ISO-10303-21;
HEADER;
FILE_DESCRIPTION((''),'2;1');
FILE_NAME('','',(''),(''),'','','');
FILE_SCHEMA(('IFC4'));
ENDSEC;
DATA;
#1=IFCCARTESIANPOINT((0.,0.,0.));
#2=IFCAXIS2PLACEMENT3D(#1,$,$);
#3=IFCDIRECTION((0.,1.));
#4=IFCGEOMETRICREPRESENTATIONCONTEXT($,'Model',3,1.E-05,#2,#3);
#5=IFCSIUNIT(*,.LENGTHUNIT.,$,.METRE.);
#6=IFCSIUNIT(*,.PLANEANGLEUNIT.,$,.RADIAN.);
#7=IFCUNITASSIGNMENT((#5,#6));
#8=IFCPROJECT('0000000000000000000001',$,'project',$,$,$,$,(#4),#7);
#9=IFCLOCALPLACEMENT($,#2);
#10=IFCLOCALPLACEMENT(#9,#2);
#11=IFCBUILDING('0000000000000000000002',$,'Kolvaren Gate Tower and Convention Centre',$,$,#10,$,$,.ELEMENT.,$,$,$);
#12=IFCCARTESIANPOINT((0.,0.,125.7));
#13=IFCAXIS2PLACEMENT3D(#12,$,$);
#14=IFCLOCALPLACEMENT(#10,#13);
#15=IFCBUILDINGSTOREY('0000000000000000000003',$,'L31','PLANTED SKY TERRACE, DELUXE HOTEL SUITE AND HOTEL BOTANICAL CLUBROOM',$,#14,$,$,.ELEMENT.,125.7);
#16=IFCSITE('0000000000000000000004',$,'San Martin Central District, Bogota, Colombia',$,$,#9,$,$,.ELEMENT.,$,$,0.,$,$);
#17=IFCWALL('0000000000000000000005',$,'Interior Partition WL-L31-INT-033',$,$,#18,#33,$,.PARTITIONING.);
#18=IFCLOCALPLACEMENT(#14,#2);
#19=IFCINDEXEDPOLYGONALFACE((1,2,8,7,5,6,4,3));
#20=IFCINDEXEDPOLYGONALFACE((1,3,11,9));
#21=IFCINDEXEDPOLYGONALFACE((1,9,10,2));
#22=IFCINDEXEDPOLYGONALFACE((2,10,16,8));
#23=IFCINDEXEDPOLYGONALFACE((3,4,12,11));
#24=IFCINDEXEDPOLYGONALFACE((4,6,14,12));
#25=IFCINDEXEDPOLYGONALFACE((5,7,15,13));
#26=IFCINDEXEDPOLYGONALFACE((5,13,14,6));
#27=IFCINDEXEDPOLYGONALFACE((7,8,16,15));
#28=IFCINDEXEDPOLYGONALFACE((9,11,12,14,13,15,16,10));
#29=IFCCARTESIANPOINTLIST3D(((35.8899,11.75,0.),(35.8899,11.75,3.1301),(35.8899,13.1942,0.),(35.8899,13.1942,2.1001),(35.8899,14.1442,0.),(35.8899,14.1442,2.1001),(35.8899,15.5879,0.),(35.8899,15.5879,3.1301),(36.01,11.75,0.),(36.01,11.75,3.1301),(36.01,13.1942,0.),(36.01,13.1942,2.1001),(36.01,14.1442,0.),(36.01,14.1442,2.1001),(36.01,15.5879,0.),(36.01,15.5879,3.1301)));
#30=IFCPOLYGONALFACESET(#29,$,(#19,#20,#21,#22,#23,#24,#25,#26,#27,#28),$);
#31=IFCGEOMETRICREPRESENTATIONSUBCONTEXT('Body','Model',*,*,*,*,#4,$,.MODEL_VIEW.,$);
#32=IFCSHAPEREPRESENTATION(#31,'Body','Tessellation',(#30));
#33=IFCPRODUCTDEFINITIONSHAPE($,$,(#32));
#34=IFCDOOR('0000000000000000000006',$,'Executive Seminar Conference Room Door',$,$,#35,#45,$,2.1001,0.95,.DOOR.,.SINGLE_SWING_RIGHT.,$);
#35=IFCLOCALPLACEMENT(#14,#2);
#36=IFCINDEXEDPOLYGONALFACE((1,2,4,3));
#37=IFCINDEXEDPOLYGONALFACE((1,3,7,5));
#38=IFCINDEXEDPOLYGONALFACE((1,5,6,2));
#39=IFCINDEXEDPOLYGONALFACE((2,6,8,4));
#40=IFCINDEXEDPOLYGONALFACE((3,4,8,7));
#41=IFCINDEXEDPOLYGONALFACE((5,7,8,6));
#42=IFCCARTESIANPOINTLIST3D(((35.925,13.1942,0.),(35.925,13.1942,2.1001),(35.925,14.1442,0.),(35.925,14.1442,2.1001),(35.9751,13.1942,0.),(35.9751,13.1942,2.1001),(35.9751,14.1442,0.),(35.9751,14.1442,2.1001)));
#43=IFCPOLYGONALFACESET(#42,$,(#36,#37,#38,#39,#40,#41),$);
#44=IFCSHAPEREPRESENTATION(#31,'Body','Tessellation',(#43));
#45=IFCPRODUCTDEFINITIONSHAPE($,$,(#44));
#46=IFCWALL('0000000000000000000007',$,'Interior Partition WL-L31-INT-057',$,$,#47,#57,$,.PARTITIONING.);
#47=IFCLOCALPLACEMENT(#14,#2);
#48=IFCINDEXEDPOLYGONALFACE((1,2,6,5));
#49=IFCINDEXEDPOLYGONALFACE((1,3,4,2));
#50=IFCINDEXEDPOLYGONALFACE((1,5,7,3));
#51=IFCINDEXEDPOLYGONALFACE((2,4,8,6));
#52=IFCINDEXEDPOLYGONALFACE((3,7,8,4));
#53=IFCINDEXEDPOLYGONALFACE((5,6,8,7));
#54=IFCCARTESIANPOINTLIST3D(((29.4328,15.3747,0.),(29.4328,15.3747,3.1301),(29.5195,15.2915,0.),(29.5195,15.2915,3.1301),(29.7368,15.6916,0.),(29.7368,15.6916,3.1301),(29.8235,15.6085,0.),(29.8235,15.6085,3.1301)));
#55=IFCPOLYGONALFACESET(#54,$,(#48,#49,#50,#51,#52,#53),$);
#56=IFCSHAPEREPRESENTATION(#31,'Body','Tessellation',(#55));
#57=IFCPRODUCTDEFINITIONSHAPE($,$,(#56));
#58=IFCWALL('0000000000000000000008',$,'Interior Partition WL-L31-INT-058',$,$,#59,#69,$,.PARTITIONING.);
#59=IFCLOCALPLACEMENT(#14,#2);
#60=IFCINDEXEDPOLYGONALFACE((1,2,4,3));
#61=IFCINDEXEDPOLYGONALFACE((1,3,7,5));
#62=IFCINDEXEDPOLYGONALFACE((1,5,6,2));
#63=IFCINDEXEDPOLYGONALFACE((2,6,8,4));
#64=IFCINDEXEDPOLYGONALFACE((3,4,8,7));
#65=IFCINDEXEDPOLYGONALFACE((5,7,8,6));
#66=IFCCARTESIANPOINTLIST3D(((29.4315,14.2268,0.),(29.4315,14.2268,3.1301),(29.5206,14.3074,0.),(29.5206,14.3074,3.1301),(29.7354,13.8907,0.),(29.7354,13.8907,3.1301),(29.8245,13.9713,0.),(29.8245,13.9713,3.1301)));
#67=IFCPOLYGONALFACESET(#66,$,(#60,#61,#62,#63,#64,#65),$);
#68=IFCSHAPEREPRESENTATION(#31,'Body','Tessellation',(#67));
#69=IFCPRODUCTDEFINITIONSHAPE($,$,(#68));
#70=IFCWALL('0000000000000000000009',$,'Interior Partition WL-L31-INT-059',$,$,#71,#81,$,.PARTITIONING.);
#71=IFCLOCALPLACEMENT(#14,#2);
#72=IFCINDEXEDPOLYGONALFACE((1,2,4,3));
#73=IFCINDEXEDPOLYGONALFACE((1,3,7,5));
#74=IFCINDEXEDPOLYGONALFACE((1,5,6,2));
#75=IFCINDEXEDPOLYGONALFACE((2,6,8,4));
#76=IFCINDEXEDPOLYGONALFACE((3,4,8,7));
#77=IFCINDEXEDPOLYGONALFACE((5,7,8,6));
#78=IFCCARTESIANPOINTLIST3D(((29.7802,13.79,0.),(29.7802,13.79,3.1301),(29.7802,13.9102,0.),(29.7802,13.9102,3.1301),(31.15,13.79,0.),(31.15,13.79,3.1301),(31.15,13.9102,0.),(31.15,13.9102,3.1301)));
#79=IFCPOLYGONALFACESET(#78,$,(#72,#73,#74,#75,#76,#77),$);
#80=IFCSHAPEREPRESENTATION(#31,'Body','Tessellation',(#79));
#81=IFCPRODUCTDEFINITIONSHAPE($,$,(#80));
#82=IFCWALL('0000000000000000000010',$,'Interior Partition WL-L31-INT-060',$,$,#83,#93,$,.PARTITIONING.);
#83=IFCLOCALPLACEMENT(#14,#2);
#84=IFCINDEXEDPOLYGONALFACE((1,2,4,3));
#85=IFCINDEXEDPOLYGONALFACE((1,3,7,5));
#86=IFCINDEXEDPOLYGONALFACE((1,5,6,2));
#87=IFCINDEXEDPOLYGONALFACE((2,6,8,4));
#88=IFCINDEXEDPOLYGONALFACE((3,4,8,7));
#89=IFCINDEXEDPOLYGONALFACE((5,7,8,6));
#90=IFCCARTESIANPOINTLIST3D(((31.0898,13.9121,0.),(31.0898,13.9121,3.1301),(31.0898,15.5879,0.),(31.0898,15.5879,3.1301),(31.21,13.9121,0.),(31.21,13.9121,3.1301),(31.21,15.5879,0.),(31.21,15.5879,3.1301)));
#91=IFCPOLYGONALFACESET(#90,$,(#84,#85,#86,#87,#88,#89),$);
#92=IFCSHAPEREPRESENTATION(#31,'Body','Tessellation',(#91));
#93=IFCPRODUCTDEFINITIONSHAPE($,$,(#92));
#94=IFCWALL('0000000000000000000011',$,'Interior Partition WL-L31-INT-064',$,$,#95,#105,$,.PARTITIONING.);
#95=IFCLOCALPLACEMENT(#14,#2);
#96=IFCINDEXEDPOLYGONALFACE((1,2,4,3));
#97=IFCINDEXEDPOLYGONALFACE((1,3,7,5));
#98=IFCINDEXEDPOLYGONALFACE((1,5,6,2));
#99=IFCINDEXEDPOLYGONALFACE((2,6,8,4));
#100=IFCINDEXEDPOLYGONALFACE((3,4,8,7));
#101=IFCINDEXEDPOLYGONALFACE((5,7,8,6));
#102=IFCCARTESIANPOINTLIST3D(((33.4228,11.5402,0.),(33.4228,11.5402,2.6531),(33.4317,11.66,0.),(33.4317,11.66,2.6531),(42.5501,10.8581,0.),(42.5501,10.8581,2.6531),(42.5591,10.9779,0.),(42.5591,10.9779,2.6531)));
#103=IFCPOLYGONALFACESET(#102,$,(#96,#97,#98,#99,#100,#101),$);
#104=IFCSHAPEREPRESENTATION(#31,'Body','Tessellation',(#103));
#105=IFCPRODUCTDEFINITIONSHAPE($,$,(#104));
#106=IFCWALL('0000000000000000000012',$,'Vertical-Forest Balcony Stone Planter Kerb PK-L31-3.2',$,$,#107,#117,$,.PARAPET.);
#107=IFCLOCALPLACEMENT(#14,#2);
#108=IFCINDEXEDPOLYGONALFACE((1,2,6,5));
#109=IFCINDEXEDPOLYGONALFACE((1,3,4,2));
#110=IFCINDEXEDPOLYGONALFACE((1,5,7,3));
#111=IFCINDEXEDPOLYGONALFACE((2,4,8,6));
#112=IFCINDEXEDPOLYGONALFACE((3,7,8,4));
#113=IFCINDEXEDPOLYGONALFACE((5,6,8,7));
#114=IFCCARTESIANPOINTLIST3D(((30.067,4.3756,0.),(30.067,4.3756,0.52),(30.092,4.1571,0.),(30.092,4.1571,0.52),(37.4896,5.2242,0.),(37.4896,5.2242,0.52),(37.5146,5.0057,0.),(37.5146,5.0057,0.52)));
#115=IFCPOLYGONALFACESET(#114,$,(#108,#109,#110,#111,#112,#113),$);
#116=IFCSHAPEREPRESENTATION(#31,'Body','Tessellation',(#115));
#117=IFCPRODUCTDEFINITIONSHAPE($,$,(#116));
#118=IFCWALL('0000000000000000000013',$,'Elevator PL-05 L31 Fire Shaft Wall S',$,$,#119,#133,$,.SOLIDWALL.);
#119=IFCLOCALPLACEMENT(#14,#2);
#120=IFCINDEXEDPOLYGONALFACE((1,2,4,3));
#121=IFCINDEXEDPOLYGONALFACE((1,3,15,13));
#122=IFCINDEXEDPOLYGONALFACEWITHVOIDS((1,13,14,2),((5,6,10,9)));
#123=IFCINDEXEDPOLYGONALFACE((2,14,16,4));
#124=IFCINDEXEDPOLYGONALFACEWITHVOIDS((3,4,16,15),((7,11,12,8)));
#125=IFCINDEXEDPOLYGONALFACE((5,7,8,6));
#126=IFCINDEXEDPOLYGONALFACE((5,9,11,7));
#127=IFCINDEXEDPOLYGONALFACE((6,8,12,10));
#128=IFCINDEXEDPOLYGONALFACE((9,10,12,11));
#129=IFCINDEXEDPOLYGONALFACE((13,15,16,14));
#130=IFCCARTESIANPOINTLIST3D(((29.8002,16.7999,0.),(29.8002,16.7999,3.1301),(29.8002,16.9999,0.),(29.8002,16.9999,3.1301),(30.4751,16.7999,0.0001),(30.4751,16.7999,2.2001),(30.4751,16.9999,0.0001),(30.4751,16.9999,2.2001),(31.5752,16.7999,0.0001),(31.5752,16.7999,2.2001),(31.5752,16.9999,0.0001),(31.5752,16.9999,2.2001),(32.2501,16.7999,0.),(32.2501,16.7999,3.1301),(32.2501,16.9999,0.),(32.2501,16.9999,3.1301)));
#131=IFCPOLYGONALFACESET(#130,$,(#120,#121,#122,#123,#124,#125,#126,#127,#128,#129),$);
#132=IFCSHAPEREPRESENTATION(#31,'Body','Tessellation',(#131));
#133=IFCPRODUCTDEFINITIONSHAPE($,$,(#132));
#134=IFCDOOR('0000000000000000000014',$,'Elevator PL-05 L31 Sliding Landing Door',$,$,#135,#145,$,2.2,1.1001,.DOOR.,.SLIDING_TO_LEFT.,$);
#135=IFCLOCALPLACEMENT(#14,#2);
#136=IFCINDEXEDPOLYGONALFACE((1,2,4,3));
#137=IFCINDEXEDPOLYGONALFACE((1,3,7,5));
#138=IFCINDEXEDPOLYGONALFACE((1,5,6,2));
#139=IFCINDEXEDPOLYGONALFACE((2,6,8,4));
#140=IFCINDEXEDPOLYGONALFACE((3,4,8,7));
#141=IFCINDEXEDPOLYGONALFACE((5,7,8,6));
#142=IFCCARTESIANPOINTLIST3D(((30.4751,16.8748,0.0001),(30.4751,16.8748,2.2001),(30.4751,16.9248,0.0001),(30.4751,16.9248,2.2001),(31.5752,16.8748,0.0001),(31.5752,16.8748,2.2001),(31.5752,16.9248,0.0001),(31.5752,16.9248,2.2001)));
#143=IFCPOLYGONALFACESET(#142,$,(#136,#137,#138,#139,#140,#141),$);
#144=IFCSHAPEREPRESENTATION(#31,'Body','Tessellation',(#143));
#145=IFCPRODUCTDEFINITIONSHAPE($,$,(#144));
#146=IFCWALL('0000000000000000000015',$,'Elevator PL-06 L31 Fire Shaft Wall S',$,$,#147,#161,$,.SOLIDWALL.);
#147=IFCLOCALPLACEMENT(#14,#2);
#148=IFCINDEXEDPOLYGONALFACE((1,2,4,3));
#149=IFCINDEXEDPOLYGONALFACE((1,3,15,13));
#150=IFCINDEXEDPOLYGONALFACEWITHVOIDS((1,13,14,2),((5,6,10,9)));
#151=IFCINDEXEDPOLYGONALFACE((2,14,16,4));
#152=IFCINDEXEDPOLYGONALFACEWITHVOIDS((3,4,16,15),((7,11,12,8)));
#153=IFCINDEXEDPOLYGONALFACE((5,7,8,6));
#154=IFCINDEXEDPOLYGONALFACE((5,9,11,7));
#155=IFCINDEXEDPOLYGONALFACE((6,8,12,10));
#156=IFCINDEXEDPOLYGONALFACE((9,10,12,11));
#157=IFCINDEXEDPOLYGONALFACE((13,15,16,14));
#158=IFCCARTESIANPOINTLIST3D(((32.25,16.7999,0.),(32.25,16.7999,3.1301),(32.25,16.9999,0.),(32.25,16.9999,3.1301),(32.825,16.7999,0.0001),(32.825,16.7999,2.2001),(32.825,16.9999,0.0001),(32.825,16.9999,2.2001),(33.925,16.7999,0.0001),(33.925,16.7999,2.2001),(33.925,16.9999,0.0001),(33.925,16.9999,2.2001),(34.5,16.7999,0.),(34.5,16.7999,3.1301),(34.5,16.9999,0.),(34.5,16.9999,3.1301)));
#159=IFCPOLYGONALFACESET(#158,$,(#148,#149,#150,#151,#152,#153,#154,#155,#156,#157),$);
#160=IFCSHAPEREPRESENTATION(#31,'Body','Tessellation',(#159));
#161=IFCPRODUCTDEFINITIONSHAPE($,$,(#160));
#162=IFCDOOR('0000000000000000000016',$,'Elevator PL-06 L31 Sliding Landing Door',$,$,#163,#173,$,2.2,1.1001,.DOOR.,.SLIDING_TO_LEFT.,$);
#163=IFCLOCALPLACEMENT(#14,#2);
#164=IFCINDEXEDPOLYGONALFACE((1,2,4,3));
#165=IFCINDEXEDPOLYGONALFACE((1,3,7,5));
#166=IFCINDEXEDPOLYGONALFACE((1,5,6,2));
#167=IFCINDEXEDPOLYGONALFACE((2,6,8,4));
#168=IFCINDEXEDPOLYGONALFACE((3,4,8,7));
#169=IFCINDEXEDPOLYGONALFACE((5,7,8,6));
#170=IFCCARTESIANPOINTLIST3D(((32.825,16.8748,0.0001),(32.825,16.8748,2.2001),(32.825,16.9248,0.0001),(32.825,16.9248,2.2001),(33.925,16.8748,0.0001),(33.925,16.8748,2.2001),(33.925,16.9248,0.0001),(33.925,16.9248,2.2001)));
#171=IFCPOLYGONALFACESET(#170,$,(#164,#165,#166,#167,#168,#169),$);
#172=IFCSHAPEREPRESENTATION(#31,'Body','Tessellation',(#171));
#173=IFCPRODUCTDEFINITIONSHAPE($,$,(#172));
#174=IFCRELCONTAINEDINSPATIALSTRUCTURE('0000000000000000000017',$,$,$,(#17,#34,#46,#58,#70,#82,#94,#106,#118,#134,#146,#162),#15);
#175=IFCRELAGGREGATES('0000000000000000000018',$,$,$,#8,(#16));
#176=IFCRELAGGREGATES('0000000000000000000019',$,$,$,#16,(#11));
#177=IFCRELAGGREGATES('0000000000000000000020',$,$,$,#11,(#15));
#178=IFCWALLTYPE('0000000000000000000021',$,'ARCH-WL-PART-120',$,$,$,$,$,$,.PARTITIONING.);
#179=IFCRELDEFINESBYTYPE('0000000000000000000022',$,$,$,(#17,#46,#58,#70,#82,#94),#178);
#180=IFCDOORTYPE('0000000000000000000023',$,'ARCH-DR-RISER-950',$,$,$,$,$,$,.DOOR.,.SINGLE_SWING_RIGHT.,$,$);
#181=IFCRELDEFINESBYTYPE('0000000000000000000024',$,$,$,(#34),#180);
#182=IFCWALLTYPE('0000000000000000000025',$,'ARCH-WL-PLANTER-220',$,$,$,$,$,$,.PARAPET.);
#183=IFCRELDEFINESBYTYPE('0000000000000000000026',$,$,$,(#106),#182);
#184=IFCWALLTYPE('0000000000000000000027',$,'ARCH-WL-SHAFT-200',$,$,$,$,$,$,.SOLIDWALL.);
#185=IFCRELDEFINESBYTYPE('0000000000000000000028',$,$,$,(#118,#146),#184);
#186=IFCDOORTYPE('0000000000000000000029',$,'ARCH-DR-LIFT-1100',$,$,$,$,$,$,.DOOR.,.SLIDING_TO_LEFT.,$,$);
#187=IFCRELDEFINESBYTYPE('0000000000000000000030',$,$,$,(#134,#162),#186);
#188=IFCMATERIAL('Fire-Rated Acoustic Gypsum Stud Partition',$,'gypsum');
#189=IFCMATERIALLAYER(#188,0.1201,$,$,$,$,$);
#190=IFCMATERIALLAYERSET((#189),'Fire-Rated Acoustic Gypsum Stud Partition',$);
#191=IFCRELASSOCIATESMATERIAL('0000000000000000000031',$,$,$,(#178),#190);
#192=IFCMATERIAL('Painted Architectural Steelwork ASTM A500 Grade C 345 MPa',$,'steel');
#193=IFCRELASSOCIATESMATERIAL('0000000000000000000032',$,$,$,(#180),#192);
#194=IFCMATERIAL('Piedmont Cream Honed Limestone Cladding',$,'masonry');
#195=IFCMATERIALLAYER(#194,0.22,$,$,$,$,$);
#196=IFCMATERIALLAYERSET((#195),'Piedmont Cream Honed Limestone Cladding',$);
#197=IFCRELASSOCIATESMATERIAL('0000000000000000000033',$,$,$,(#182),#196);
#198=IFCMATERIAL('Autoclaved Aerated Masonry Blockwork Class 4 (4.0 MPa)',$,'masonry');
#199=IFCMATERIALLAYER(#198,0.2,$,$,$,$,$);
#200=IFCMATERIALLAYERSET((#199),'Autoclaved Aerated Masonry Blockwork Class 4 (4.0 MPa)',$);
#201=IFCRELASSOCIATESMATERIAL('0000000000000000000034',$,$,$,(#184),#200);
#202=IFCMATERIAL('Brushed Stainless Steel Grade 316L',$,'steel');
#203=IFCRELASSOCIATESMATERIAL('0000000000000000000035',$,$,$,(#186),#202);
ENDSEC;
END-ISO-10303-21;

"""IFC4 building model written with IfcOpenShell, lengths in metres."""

from ifc_helpers import new_model, si_unit, direction, frame, frame_2d, origin, place, context, subcontext, project, spatial, rectangle, extrude, material, layer, layer_set, type_object, element, fill, save


model = new_model("IFC4")

# Units and contexts
model_context = context("Model", 3, precision=1e-05, world=origin(), true_north=direction((0.0, 1.0)))
body_context = subcontext(model_context, "Body", "Model", "MODEL_VIEW")
ifc_project = project(units=[si_unit("LENGTHUNIT", "METRE"), si_unit("PLANEANGLEUNIT", "RADIAN")], contexts=[model_context])

# Site, building, storey
site_placement = place(None, origin())
site = spatial("IfcSite", under=ifc_project, at=site_placement, Name="San Martin Central District, Bogota, Colombia", CompositionType="ELEMENT", RefElevation=0.0)
building_placement = place(site_placement, origin())
building = spatial("IfcBuilding", under=site, at=building_placement, Name="Kolvaren Gate Tower and Convention Centre", CompositionType="ELEMENT")
storey_placement = place(building_placement, frame((0.0, 0.0, 125.7)))
storey = spatial("IfcBuildingStorey", under=building, at=storey_placement, Name="L31", Description="PLANTED SKY TERRACE, DELUXE HOTEL SUITE AND HOTEL BOTANICAL CLUBROOM", CompositionType="ELEMENT", Elevation=125.7)

# Shared definitions
ifc_material_1 = material(Name="Fire-Rated Acoustic Gypsum Stud Partition", Category="gypsum")
ifc_layer_1 = layer(ifc_material_1, 0.1201)
ifc_layer_set_1 = layer_set([ifc_layer_1], Name="Fire-Rated Acoustic Gypsum Stud Partition")
wall_type_1 = type_object("IfcWallType", Name="ARCH-WL-PART-120", PredefinedType="PARTITIONING", material=ifc_layer_set_1)

# Wall, opening, door
wall_1_placement = place(storey_placement, frame((35.95, 11.75, 0.0), z_axis=(0.0, 0.0, 1.0), x_axis=(0.0, 1.0, 0.0)))
wall_1 = element("IfcWall", 1, at=wall_1_placement, inside=storey, type_object=wall_type_1, Name="Interior Partition WL-L31-INT-033", PredefinedType="PARTITIONING", context=body_context, shape_type="SweptSolid", body=[
    extrude(rectangle(XDim=3.8379, YDim=0.1201, at=frame_2d((1.9189, 0.0))), origin(), (0.0, 0.0, 1.0), 3.1301),
])
opening_1_placement = place(wall_1_placement, frame((1.4441, 0.0, 0.0)))
opening_1 = element("IfcOpeningElement", 2, at=opening_1_placement, cuts=wall_1, PredefinedType="OPENING", context=body_context, shape_type="SweptSolid", body=[
    extrude(rectangle(XDim=0.95, YDim=2.1001, at=frame_2d((0.4751, 1.05))), frame((0.0, 0.0701, 0.0), z_axis=(0.0, -1.0, 0.0), x_axis=(1.0, 0.0, 0.0)), (0.0, 0.0, 1.0), 0.1401),
])
ifc_material_2 = material(Name="Painted Architectural Steelwork ASTM A500 Grade C 345 MPa", Category="steel")
door_type_1 = type_object("IfcDoorType", Name="ARCH-DR-RISER-950", OperationType="SINGLE_SWING_RIGHT", PredefinedType="DOOR", material=ifc_material_2)
door_1_placement = place(opening_1_placement, origin())
door_1 = element("IfcDoor", 3, at=door_1_placement, inside=storey, type_object=door_type_1, Name="Executive Seminar Conference Room Door", OperationType="SINGLE_SWING_RIGHT", OverallHeight=2.1001, OverallWidth=0.95, PredefinedType="DOOR", context=body_context, shape_type="SweptSolid", body=[
    extrude(rectangle(XDim=0.95, YDim=2.1001, at=frame_2d((0.4751, 1.05))), frame((0.0, 0.0249, 0.0), z_axis=(0.0, -1.0, 0.0), x_axis=(1.0, 0.0, 0.0)), (0.0, 0.0, 1.0), 0.05),
])
fill(opening_1, door_1)

# Walls
wall_2_placement = place(storey_placement, frame((29.4761, 15.333, 0.0), z_axis=(0.0, 0.0, 1.0), x_axis=(0.692219, 0.721687, 0.0)))
element("IfcWall", 4, at=wall_2_placement, inside=storey, type_object=wall_type_1, Name="Interior Partition WL-L31-INT-057", PredefinedType="PARTITIONING", context=body_context, shape_type="SweptSolid", body=[
    extrude(rectangle(XDim=0.4392, YDim=0.1201, at=frame_2d((0.2197, 0.0))), origin(), (0.0, 0.0, 1.0), 3.1301),
])
wall_3_placement = place(storey_placement, frame((29.4761, 14.2671, 0.0), z_axis=(0.0, 0.0, 1.0), x_axis=(0.670659, -0.741765, 0.0)))
element("IfcWall", 5, at=wall_3_placement, inside=storey, type_object=wall_type_1, Name="Interior Partition WL-L31-INT-058", PredefinedType="PARTITIONING", context=body_context, shape_type="SweptSolid", body=[
    extrude(rectangle(XDim=0.4531, YDim=0.1201, at=frame_2d((0.2266, 0.0))), origin(), (0.0, 0.0, 1.0), 3.1301),
])
wall_4_placement = place(storey_placement, frame((29.78, 13.8501, 0.0), z_axis=(0.0, 0.0, 1.0), x_axis=(1.0, 0.0, 0.0)))
element("IfcWall", 6, at=wall_4_placement, inside=storey, type_object=wall_type_1, Name="Interior Partition WL-L31-INT-059", PredefinedType="PARTITIONING", context=body_context, shape_type="SweptSolid", body=[
    extrude(rectangle(XDim=1.3699, YDim=0.1201, at=frame_2d((0.6851, 0.0))), origin(), (0.0, 0.0, 1.0), 3.1301),
])
wall_5_placement = place(storey_placement, frame((31.1499, 13.9121, 0.0), z_axis=(0.0, 0.0, 1.0), x_axis=(0.0, 1.0, 0.0)))
element("IfcWall", 7, at=wall_5_placement, inside=storey, type_object=wall_type_1, Name="Interior Partition WL-L31-INT-060", PredefinedType="PARTITIONING", context=body_context, shape_type="SweptSolid", body=[
    extrude(rectangle(XDim=1.6758, YDim=0.1201, at=frame_2d((0.8379, 0.0))), origin(), (0.0, 0.0, 1.0), 3.1301),
])
wall_6_placement = place(storey_placement, frame((33.4272, 11.6001, 0.0), z_axis=(0.0, 0.0, 1.0), x_axis=(0.997219, -0.074526, 0.0)))
element("IfcWall", 8, at=wall_6_placement, inside=storey, type_object=wall_type_1, Name="Interior Partition WL-L31-INT-064", PredefinedType="PARTITIONING", context=body_context, shape_type="SweptSolid", body=[
    extrude(rectangle(XDim=9.1528, YDim=0.1201, at=frame_2d((4.5764, 0.0))), origin(), (0.0, 0.0, 1.0), 2.6531),
])
ifc_material_3 = material(Name="Piedmont Cream Honed Limestone Cladding", Category="masonry")
ifc_layer_2 = layer(ifc_material_3, 0.22)
ifc_layer_set_2 = layer_set([ifc_layer_2], Name="Piedmont Cream Honed Limestone Cladding")
wall_type_2 = type_object("IfcWallType", Name="ARCH-WL-PLANTER-220", PredefinedType="PARAPET", material=ifc_layer_set_2)
wall_7_placement = place(storey_placement, frame((30.0796, 4.2664, 0.0), z_axis=(0.0, 0.0, 1.0), x_axis=(0.993528, 0.113591, 0.0)))
element("IfcWall", 9, at=wall_7_placement, inside=storey, type_object=wall_type_2, Name="Vertical-Forest Balcony Stone Planter Kerb PK-L31-3.2", PredefinedType="PARAPET", context=body_context, shape_type="SweptSolid", body=[
    extrude(rectangle(XDim=7.4709, YDim=0.22, at=frame_2d((3.7354, 0.0))), origin(), (0.0, 0.0, 1.0), 0.52),
])

# Walls, openings, doors
ifc_material_4 = material(Name="Autoclaved Aerated Masonry Blockwork Class 4 (4.0 MPa)", Category="masonry")
ifc_layer_3 = layer(ifc_material_4, 0.2)
ifc_layer_set_3 = layer_set([ifc_layer_3], Name="Autoclaved Aerated Masonry Blockwork Class 4 (4.0 MPa)")
wall_type_3 = type_object("IfcWallType", Name="ARCH-WL-SHAFT-200", PredefinedType="SOLIDWALL", material=ifc_layer_set_3)
wall_8_placement = place(storey_placement, frame((29.8, 16.8999, 0.0), z_axis=(0.0, 0.0, 1.0), x_axis=(1.0, 0.0, 0.0)))
wall_8 = element("IfcWall", 10, at=wall_8_placement, inside=storey, type_object=wall_type_3, Name="Elevator PL-05 L31 Fire Shaft Wall S", PredefinedType="SOLIDWALL", context=body_context, shape_type="SweptSolid", body=[
    extrude(rectangle(XDim=2.45, YDim=0.2, at=frame_2d((1.2251, 0.0))), origin(), (0.0, 0.0, 1.0), 3.1301),
])
opening_2_placement = place(wall_8_placement, frame((0.675, 0.0, 0.0)))
opening_2 = element("IfcOpeningElement", 11, at=opening_2_placement, cuts=wall_8, PredefinedType="OPENING", context=body_context, shape_type="SweptSolid", body=[
    extrude(rectangle(XDim=1.1001, YDim=2.2, at=frame_2d((0.55, 1.1001))), frame((0.0, 0.1099, 0.0), z_axis=(0.0, -1.0, 0.0), x_axis=(1.0, 0.0, 0.0)), (0.0, 0.0, 1.0), 0.22),
])
ifc_material_5 = material(Name="Brushed Stainless Steel Grade 316L", Category="steel")
door_type_2 = type_object("IfcDoorType", Name="ARCH-DR-LIFT-1100", OperationType="SLIDING_TO_LEFT", PredefinedType="DOOR", material=ifc_material_5)
door_2_placement = place(opening_2_placement, origin())
door_2 = element("IfcDoor", 12, at=door_2_placement, inside=storey, type_object=door_type_2, Name="Elevator PL-05 L31 Sliding Landing Door", OperationType="SLIDING_TO_LEFT", OverallHeight=2.2, OverallWidth=1.1001, PredefinedType="DOOR", context=body_context, shape_type="SweptSolid", body=[
    extrude(rectangle(XDim=1.1001, YDim=2.2, at=frame_2d((0.55, 1.1001))), frame((0.0, 0.0249, 0.0), z_axis=(0.0, -1.0, 0.0), x_axis=(1.0, 0.0, 0.0)), (0.0, 0.0, 1.0), 0.05),
])
fill(opening_2, door_2)
wall_9_placement = place(storey_placement, frame((32.25, 16.8999, 0.0), z_axis=(0.0, 0.0, 1.0), x_axis=(1.0, 0.0, 0.0)))
wall_9 = element("IfcWall", 13, at=wall_9_placement, inside=storey, type_object=wall_type_3, Name="Elevator PL-06 L31 Fire Shaft Wall S", PredefinedType="SOLIDWALL", context=body_context, shape_type="SweptSolid", body=[
    extrude(rectangle(XDim=2.25, YDim=0.2, at=frame_2d((1.125, 0.0))), origin(), (0.0, 0.0, 1.0), 3.1301),
])
opening_3_placement = place(wall_9_placement, frame((0.575, 0.0, 0.0)))
opening_3 = element("IfcOpeningElement", 14, at=opening_3_placement, cuts=wall_9, PredefinedType="OPENING", context=body_context, shape_type="SweptSolid", body=[
    extrude(rectangle(XDim=1.1001, YDim=2.2, at=frame_2d((0.55, 1.1001))), frame((0.0, 0.1099, 0.0), z_axis=(0.0, -1.0, 0.0), x_axis=(1.0, 0.0, 0.0)), (0.0, 0.0, 1.0), 0.22),
])
door_3_placement = place(opening_3_placement, origin())
door_3 = element("IfcDoor", 15, at=door_3_placement, inside=storey, type_object=door_type_2, Name="Elevator PL-06 L31 Sliding Landing Door", OperationType="SLIDING_TO_LEFT", OverallHeight=2.2, OverallWidth=1.1001, PredefinedType="DOOR", context=body_context, shape_type="SweptSolid", body=[
    extrude(rectangle(XDim=1.1001, YDim=2.2, at=frame_2d((0.55, 1.1001))), frame((0.0, 0.0249, 0.0), z_axis=(0.0, -1.0, 0.0), x_axis=(1.0, 0.0, 0.0)), (0.0, 0.0, 1.0), 0.05),
])
fill(opening_3, door_3)

save(model, "model.ifc")
